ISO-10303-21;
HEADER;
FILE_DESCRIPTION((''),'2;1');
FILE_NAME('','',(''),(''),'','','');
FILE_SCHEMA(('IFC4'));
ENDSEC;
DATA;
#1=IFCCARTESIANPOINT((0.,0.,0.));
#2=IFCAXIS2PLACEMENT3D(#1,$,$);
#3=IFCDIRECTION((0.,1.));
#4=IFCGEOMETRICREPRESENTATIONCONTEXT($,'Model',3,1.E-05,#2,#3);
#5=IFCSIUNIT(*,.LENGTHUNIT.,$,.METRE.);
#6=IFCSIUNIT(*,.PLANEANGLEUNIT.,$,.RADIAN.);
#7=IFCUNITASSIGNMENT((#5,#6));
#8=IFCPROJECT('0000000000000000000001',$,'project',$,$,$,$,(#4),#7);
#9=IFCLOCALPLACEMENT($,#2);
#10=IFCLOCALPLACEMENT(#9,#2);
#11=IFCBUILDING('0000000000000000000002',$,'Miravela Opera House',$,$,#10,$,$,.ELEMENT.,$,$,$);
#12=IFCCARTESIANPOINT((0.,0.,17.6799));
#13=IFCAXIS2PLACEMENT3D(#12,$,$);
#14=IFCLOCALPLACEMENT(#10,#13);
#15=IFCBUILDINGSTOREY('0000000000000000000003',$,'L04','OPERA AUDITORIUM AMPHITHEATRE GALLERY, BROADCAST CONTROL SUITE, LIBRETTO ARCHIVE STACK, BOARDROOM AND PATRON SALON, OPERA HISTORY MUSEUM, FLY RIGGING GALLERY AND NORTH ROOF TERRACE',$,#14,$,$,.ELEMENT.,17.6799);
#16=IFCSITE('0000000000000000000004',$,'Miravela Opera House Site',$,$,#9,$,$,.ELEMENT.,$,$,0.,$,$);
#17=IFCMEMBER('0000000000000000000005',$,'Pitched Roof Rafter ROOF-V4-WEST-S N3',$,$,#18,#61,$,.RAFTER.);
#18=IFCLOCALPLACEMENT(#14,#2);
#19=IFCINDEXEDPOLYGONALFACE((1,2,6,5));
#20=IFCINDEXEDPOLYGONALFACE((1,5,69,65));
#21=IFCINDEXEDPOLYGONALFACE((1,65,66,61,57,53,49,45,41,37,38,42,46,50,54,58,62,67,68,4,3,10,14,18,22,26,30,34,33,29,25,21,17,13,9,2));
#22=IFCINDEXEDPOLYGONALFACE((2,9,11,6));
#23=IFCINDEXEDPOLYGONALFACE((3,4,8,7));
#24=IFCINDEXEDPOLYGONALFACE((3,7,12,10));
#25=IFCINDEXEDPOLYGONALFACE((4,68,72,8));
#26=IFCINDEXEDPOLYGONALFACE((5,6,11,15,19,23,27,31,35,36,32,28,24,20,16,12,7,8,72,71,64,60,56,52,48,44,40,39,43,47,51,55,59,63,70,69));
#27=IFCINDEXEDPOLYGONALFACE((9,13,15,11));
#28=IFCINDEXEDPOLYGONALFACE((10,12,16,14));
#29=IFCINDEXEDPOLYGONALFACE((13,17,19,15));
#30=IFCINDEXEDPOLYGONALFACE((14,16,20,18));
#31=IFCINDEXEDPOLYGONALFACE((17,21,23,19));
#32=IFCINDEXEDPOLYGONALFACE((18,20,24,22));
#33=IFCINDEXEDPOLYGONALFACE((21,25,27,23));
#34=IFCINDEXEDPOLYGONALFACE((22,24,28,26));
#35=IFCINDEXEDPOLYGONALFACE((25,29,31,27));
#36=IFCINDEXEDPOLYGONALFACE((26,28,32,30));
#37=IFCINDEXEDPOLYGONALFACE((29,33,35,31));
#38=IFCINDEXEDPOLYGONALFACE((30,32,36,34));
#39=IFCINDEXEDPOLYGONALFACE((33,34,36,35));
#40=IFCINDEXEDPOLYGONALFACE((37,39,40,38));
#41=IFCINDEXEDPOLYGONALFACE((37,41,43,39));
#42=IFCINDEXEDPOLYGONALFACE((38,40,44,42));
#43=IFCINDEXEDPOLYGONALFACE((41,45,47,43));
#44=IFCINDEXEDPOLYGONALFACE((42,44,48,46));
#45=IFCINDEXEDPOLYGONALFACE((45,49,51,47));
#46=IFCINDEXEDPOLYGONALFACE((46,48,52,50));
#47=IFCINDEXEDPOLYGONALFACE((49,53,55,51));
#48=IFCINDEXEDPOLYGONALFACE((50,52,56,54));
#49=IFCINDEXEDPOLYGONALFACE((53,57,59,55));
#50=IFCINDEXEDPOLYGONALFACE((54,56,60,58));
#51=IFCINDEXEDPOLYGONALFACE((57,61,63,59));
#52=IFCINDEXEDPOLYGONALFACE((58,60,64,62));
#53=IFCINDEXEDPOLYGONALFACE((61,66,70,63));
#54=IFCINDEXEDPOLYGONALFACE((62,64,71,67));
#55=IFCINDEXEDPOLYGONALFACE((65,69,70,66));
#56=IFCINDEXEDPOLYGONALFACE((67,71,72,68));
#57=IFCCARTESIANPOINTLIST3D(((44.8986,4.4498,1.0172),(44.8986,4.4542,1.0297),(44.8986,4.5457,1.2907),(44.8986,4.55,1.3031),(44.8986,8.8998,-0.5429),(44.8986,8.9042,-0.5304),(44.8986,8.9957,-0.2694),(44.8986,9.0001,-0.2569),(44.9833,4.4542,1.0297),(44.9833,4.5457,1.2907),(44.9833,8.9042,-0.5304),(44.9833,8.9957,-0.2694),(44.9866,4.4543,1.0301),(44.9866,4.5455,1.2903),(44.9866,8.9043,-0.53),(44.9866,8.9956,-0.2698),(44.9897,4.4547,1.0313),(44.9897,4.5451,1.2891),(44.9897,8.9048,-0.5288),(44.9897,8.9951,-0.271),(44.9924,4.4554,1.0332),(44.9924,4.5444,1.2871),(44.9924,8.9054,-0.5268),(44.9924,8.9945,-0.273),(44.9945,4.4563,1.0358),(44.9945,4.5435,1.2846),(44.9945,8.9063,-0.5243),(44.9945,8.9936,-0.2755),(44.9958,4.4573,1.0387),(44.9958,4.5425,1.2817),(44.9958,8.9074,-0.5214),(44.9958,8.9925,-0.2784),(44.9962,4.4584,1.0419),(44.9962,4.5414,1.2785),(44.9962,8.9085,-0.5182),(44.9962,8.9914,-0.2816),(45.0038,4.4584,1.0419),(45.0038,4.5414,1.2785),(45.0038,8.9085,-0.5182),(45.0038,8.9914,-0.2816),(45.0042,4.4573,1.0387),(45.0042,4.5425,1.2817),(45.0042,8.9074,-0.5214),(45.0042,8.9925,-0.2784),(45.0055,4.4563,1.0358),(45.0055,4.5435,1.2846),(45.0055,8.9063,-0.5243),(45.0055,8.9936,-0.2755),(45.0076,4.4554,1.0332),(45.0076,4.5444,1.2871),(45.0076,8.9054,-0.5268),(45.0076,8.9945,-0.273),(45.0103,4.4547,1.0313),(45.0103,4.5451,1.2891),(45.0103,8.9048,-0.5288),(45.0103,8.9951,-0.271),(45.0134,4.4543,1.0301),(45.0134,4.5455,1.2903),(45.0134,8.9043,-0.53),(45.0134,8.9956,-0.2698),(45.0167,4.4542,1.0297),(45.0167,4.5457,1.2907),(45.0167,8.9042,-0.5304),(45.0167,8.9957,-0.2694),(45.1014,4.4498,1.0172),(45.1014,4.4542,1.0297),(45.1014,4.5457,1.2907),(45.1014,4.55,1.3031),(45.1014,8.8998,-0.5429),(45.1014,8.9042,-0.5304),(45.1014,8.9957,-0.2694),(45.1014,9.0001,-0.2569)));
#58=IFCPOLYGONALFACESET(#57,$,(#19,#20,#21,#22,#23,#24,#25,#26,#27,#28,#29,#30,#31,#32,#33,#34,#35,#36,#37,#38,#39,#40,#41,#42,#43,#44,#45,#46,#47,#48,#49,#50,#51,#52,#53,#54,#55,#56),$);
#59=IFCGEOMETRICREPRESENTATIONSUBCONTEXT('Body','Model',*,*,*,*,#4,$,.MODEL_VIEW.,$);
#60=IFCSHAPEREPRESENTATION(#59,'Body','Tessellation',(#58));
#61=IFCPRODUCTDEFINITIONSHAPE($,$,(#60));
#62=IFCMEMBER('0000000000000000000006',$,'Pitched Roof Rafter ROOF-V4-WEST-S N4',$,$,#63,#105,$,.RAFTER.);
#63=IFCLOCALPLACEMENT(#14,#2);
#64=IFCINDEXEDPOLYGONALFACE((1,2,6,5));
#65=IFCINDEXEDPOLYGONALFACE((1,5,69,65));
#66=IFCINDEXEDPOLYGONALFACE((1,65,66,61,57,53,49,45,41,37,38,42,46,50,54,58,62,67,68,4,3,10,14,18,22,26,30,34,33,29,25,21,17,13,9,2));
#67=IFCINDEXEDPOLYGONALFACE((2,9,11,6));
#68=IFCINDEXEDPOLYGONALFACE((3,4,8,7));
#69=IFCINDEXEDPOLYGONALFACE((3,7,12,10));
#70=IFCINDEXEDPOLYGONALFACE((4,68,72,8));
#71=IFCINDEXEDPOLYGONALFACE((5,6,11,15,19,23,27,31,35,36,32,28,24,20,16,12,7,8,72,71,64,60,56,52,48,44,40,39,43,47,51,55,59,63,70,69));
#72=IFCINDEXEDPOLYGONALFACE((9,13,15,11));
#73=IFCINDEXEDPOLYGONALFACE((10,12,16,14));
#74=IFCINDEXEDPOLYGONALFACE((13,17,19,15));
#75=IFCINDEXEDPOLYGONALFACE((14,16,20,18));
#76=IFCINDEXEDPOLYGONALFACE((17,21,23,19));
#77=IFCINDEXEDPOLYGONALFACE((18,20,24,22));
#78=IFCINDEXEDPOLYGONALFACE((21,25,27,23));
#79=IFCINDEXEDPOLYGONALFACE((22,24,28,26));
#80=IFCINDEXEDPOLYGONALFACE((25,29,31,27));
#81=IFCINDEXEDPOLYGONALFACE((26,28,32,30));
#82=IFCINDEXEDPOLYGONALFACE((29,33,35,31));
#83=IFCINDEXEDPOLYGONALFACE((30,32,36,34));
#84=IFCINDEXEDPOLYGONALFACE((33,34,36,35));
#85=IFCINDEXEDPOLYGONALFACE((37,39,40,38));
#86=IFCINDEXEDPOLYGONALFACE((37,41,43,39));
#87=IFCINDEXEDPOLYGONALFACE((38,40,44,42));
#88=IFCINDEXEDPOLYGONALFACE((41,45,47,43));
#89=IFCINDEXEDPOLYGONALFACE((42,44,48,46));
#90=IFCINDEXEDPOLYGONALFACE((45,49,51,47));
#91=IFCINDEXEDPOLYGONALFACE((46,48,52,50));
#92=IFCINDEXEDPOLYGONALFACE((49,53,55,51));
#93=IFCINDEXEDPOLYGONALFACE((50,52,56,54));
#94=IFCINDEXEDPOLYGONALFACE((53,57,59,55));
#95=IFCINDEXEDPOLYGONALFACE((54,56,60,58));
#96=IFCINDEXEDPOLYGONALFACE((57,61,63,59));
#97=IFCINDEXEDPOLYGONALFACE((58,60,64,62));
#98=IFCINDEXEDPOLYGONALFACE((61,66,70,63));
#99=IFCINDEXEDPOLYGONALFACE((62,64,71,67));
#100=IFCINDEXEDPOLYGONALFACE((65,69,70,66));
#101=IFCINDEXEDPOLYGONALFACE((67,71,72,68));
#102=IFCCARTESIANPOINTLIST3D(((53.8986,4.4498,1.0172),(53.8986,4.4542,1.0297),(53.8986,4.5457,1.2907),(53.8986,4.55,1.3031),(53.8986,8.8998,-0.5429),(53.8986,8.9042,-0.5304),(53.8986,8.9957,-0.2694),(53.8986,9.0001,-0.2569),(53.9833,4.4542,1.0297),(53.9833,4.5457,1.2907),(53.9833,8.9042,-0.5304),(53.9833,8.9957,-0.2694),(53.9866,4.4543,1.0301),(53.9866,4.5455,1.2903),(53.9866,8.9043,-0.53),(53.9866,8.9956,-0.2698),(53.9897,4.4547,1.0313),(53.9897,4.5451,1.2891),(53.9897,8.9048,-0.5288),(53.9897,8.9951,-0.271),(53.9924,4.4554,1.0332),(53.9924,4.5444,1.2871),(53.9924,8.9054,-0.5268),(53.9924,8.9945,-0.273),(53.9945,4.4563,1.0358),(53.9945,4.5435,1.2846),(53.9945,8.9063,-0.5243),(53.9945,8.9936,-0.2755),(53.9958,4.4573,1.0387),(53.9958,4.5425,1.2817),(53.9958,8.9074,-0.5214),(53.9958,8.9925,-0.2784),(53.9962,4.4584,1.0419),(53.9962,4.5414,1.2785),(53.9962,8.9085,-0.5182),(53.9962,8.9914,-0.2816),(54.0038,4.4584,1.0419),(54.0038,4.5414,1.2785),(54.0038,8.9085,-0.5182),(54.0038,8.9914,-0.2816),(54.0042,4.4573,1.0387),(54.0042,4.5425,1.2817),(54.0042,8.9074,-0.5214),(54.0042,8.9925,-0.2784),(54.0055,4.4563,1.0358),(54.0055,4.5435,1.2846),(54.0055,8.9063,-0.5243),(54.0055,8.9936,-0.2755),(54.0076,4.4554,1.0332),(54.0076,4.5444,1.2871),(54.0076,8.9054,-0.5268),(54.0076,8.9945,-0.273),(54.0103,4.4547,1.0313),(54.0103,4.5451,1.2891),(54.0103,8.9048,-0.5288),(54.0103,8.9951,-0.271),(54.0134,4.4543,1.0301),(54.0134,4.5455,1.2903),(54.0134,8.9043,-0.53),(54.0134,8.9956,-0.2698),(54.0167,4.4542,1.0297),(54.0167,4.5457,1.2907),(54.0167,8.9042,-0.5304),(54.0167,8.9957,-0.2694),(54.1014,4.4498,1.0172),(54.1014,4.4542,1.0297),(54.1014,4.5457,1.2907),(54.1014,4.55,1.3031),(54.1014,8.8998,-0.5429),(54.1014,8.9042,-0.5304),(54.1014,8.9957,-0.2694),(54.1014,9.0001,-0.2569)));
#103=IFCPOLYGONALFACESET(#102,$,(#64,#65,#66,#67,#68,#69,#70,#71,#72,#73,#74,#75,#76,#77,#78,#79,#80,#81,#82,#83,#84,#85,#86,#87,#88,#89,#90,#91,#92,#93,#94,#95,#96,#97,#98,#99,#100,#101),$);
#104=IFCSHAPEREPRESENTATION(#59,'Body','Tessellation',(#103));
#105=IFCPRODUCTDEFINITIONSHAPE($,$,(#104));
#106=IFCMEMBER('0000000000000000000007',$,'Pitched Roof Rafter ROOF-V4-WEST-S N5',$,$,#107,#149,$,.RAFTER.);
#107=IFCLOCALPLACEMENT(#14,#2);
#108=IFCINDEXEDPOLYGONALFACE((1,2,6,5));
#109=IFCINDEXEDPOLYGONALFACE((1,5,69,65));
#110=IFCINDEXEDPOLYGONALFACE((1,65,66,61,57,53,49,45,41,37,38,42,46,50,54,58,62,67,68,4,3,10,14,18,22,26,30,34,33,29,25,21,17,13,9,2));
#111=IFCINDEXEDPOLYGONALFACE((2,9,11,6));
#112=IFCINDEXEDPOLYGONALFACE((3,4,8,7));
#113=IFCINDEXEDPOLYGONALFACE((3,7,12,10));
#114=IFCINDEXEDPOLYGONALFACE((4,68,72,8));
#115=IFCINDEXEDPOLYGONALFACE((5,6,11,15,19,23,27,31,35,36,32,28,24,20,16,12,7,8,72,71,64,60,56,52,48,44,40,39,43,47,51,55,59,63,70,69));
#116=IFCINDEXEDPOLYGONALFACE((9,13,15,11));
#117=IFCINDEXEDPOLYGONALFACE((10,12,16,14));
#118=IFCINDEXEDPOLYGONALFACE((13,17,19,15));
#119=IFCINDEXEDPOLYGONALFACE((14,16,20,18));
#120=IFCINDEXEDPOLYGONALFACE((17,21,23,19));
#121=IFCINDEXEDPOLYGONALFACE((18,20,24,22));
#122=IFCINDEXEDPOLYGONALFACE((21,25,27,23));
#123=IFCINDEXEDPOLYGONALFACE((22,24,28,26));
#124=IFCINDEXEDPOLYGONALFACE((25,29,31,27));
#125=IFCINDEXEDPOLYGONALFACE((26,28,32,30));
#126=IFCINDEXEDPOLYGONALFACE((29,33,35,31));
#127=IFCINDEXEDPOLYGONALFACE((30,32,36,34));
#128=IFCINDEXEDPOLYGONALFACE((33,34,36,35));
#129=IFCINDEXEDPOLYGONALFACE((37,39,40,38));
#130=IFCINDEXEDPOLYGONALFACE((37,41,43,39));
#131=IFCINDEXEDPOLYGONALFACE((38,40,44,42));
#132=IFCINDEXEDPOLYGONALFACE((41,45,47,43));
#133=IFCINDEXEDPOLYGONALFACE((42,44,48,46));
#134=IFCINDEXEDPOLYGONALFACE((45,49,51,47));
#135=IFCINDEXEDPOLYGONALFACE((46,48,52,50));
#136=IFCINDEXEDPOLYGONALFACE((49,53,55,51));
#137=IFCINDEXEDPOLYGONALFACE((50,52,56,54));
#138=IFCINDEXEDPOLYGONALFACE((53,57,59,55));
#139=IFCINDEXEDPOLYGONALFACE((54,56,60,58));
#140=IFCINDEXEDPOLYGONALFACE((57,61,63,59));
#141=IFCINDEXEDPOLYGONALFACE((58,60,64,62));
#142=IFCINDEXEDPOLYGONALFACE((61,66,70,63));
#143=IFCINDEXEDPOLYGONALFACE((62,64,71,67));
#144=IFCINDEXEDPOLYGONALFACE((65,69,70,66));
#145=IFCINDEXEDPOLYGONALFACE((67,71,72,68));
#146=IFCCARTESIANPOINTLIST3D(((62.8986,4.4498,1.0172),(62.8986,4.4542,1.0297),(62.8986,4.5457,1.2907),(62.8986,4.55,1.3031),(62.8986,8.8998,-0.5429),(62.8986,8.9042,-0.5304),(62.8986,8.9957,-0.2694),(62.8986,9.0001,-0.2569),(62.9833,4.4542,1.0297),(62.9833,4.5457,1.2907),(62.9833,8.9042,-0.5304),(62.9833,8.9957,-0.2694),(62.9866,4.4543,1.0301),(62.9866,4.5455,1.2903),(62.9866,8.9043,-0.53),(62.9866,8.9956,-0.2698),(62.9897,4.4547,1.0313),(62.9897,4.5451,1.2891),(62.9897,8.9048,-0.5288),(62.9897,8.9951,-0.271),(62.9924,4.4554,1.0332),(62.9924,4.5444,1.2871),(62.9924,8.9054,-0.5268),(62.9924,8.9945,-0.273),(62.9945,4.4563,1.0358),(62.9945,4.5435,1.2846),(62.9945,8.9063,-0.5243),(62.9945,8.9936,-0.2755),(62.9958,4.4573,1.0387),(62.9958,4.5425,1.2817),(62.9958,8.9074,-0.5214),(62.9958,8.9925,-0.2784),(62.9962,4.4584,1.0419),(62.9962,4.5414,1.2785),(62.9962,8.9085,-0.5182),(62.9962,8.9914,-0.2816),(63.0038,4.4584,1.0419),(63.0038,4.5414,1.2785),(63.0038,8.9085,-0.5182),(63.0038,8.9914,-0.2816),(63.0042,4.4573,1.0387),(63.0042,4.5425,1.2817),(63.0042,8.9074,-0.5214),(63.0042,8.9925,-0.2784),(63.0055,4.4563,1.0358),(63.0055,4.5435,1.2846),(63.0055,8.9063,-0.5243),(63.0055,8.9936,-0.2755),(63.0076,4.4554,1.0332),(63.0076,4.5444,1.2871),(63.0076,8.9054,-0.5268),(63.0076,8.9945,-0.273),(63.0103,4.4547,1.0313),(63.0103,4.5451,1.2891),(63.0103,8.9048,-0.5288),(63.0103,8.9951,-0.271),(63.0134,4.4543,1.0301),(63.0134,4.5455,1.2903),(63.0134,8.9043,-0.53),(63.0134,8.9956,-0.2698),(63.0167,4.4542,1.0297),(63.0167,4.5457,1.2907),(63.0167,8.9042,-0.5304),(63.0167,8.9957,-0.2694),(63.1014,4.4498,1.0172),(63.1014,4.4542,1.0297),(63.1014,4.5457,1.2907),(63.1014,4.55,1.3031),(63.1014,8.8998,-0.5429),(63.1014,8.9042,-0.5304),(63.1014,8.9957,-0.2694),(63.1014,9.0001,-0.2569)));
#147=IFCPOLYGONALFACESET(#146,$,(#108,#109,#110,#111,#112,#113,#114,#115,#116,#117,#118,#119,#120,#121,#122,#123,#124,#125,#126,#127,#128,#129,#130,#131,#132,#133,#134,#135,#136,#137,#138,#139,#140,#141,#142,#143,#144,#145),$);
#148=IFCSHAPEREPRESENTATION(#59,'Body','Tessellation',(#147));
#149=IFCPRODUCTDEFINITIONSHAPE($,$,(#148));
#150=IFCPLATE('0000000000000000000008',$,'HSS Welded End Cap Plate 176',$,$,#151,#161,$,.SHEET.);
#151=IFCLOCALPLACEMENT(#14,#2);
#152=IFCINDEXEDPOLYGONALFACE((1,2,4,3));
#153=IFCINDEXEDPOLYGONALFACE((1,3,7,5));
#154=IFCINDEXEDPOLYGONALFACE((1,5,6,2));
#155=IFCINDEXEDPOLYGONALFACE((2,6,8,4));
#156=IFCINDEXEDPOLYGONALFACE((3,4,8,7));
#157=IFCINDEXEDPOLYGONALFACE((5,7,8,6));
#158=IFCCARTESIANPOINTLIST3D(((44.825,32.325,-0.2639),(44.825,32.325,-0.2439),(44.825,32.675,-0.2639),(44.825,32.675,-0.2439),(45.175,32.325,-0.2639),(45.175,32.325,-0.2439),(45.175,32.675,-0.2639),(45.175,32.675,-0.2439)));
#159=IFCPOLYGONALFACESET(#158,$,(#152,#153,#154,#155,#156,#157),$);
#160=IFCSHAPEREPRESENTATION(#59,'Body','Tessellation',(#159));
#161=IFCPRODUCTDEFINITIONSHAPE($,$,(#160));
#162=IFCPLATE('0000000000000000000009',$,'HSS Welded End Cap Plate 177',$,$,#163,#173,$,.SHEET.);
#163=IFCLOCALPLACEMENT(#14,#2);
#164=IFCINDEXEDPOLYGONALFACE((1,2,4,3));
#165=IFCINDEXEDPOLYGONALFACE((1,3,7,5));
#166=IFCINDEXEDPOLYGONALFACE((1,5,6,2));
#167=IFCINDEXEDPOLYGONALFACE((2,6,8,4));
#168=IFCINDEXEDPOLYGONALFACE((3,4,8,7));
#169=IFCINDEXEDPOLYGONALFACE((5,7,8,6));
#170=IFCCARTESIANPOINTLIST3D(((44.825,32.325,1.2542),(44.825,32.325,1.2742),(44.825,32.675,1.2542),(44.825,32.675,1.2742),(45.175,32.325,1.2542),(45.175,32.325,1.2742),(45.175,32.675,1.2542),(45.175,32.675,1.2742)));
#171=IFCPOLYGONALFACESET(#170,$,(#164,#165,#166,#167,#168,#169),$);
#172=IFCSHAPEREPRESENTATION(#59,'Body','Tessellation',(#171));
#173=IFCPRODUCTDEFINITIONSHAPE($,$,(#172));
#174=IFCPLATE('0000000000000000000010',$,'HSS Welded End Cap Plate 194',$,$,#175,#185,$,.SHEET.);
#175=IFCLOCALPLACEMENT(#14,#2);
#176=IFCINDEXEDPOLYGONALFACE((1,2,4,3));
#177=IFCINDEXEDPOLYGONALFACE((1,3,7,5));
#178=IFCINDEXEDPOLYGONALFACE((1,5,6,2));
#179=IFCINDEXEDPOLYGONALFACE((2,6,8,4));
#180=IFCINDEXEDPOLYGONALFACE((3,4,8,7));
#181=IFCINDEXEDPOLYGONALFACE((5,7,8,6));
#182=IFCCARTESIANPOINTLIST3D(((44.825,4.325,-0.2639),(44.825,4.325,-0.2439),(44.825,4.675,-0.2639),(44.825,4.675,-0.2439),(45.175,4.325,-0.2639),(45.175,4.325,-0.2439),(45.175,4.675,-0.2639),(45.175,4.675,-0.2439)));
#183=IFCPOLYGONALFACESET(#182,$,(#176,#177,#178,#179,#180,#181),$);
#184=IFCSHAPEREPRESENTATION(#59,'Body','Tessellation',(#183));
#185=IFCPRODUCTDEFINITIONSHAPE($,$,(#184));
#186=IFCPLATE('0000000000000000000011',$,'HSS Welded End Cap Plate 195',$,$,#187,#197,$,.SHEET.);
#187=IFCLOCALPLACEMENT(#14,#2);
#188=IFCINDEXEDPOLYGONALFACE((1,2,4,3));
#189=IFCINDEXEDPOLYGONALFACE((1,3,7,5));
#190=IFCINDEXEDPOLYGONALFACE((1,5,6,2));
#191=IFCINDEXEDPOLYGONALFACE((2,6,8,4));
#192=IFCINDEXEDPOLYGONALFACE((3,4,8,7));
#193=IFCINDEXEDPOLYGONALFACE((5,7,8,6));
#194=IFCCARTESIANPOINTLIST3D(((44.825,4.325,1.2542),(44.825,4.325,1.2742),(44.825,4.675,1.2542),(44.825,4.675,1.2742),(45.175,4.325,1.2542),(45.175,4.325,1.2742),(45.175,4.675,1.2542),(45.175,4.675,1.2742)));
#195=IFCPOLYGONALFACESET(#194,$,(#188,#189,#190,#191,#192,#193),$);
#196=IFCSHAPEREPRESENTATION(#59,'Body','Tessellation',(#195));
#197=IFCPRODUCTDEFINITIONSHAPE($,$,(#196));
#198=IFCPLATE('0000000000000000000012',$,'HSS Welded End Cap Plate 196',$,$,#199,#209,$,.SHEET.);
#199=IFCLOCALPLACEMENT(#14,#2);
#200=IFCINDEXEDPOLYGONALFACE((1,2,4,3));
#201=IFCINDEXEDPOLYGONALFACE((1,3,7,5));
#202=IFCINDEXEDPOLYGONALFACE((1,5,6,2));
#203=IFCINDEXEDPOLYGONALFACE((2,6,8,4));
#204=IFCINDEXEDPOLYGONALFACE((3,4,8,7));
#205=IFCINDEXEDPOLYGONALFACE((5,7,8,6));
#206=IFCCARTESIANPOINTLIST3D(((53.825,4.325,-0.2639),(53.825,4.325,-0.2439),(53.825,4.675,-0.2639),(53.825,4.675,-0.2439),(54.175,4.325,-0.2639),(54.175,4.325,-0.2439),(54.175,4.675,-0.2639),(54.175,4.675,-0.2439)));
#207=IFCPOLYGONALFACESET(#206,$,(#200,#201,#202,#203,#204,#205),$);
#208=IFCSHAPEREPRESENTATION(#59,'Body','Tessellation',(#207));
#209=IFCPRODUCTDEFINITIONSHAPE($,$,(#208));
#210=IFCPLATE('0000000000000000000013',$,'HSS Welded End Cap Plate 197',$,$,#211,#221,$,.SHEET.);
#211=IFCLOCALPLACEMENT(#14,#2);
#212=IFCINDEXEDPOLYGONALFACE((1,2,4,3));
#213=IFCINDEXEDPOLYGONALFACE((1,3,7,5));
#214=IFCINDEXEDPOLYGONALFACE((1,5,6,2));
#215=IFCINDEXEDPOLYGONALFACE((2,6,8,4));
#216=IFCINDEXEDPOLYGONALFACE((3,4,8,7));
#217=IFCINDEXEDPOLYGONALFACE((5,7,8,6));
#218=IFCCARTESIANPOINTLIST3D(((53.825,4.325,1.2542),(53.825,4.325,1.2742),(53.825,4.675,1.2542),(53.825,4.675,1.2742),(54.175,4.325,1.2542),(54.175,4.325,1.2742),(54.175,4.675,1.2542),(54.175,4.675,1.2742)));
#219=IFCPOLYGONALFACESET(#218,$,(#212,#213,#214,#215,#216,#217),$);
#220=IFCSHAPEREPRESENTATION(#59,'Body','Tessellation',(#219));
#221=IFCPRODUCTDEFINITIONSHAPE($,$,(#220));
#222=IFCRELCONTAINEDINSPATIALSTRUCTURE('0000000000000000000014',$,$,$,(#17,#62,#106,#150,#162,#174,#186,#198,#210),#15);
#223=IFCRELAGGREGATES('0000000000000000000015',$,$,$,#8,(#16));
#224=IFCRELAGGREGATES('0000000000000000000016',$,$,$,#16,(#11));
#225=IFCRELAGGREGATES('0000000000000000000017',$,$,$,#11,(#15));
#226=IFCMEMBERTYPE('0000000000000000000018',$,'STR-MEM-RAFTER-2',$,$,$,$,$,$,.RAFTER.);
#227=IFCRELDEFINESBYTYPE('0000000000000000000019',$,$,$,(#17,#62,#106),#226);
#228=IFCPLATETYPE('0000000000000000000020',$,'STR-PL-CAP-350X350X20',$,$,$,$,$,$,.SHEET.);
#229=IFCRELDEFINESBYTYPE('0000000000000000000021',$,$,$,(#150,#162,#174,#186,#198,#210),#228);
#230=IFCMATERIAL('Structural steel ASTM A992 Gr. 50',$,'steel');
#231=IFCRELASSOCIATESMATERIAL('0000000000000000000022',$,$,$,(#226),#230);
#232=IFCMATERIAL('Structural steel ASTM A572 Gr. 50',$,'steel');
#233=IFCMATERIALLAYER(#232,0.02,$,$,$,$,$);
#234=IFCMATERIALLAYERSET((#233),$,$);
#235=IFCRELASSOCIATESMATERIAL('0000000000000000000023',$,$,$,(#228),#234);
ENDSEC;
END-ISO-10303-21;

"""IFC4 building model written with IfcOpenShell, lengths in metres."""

from ifc_helpers import new_model, si_unit, direction, frame, origin, origin_2d, place, context, subcontext, project, spatial, rectangle, i_section, extrude, material, layer, layer_set, material_profile, profile_set, type_object, element, save


model = new_model("IFC4")

# Units and contexts
model_context = context("Model", 3, precision=1e-05, world=origin(), true_north=direction((0.0, 1.0)))
body_context = subcontext(model_context, "Body", "Model", "MODEL_VIEW")
ifc_project = project(units=[si_unit("LENGTHUNIT", "METRE"), si_unit("PLANEANGLEUNIT", "RADIAN")], contexts=[model_context])

# Site, building, storey
site_placement = place(None, origin())
site = spatial("IfcSite", under=ifc_project, at=site_placement, Name="Miravela Opera House Site", CompositionType="ELEMENT", RefElevation=0.0)
building_placement = place(site_placement, origin())
building = spatial("IfcBuilding", under=site, at=building_placement, Name="Miravela Opera House", CompositionType="ELEMENT")
storey_placement = place(building_placement, frame((0.0, 0.0, 17.6799)))
storey = spatial("IfcBuildingStorey", under=building, at=storey_placement, Name="L04", Description="OPERA AUDITORIUM AMPHITHEATRE GALLERY, BROADCAST CONTROL SUITE, LIBRETTO ARCHIVE STACK, BOARDROOM AND PATRON SALON, OPERA HISTORY MUSEUM, FLY RIGGING GALLERY AND NORTH ROOF TERRACE", CompositionType="ELEMENT", Elevation=17.6799)

# Members
ifc_material_1 = material(Name="Structural steel ASTM A992 Gr. 50", Category="steel")
ifc_material_profile_1 = material_profile(ifc_material_1, i_section(OverallWidth=0.2029, OverallDepth=0.303, WebThickness=0.0076, FlangeThickness=0.0132, FilletRadius=0.0129, at=origin_2d()), Name="W310X60")
ifc_profile_set_1 = profile_set([ifc_material_profile_1])
member_type_1 = type_object("IfcMemberType", Name="STR-MEM-RAFTER-2", PredefinedType="RAFTER", material=ifc_profile_set_1)
for number, where, z_axis, x_axis, name in (
    (1, (45.0, 8.95, -0.3999), (0.0, -0.943688, 0.330837), (1.0, 0.0, 0.0), "Pitched Roof Rafter ROOF-V4-WEST-S N3"),
    (2, (54.0, 8.95, -0.3999), (0.0, -0.943688, 0.330837), (1.0, 0.0, 0.0), "Pitched Roof Rafter ROOF-V4-WEST-S N4"),
    (3, (63.0, 8.95, -0.3999), (0.0, -0.943688, 0.330837), (1.0, 0.0, 0.0), "Pitched Roof Rafter ROOF-V4-WEST-S N5"),
):
    element("IfcMember", number, at=place(storey_placement, frame(where, z_axis=z_axis, x_axis=x_axis)), inside=storey, type_object=member_type_1, Name=name, PredefinedType="RAFTER", context=body_context, shape_type="SweptSolid", body=[
        extrude(i_section(OverallWidth=0.2029, OverallDepth=0.303, WebThickness=0.0076, FlangeThickness=0.0132, FilletRadius=0.0129, at=origin_2d()), origin(), (0.0, 0.0, 1.0), 4.7156),
    ])

# Plates
ifc_material_2 = material(Name="Structural steel ASTM A572 Gr. 50", Category="steel")
ifc_layer_1 = layer(ifc_material_2, 0.02)
ifc_layer_set_1 = layer_set([ifc_layer_1])
plate_type = type_object("IfcPlateType", Name="STR-PL-CAP-350X350X20", PredefinedType="SHEET", material=ifc_layer_set_1)
for number, where, z_axis, x_axis, name in (
    (4, (45.0, 32.5, -0.2639), (0.0, 0.0, 1.0), (1.0, 0.0, 0.0), "HSS Welded End Cap Plate 176"),
    (5, (45.0, 32.5, 1.2542), (0.0, 0.0, 1.0), (1.0, 0.0, 0.0), "HSS Welded End Cap Plate 177"),
    (6, (45.0, 4.5, -0.2639), (0.0, 0.0, 1.0), (1.0, 0.0, 0.0), "HSS Welded End Cap Plate 194"),
    (7, (45.0, 4.5, 1.2542), (0.0, 0.0, 1.0), (1.0, 0.0, 0.0), "HSS Welded End Cap Plate 195"),
    (8, (54.0, 4.5, -0.2639), (0.0, 0.0, 1.0), (1.0, 0.0, 0.0), "HSS Welded End Cap Plate 196"),
    (9, (54.0, 4.5, 1.2542), (0.0, 0.0, 1.0), (1.0, 0.0, 0.0), "HSS Welded End Cap Plate 197"),
):
    element("IfcPlate", number, at=place(storey_placement, frame(where, z_axis=z_axis, x_axis=x_axis)), inside=storey, type_object=plate_type, Name=name, PredefinedType="SHEET", context=body_context, shape_type="SweptSolid", body=[
        extrude(rectangle(XDim=0.3501, YDim=0.3501, at=origin_2d()), origin(), (0.0, 0.0, 1.0), 0.02),
    ])

save(model, "model.ifc")
